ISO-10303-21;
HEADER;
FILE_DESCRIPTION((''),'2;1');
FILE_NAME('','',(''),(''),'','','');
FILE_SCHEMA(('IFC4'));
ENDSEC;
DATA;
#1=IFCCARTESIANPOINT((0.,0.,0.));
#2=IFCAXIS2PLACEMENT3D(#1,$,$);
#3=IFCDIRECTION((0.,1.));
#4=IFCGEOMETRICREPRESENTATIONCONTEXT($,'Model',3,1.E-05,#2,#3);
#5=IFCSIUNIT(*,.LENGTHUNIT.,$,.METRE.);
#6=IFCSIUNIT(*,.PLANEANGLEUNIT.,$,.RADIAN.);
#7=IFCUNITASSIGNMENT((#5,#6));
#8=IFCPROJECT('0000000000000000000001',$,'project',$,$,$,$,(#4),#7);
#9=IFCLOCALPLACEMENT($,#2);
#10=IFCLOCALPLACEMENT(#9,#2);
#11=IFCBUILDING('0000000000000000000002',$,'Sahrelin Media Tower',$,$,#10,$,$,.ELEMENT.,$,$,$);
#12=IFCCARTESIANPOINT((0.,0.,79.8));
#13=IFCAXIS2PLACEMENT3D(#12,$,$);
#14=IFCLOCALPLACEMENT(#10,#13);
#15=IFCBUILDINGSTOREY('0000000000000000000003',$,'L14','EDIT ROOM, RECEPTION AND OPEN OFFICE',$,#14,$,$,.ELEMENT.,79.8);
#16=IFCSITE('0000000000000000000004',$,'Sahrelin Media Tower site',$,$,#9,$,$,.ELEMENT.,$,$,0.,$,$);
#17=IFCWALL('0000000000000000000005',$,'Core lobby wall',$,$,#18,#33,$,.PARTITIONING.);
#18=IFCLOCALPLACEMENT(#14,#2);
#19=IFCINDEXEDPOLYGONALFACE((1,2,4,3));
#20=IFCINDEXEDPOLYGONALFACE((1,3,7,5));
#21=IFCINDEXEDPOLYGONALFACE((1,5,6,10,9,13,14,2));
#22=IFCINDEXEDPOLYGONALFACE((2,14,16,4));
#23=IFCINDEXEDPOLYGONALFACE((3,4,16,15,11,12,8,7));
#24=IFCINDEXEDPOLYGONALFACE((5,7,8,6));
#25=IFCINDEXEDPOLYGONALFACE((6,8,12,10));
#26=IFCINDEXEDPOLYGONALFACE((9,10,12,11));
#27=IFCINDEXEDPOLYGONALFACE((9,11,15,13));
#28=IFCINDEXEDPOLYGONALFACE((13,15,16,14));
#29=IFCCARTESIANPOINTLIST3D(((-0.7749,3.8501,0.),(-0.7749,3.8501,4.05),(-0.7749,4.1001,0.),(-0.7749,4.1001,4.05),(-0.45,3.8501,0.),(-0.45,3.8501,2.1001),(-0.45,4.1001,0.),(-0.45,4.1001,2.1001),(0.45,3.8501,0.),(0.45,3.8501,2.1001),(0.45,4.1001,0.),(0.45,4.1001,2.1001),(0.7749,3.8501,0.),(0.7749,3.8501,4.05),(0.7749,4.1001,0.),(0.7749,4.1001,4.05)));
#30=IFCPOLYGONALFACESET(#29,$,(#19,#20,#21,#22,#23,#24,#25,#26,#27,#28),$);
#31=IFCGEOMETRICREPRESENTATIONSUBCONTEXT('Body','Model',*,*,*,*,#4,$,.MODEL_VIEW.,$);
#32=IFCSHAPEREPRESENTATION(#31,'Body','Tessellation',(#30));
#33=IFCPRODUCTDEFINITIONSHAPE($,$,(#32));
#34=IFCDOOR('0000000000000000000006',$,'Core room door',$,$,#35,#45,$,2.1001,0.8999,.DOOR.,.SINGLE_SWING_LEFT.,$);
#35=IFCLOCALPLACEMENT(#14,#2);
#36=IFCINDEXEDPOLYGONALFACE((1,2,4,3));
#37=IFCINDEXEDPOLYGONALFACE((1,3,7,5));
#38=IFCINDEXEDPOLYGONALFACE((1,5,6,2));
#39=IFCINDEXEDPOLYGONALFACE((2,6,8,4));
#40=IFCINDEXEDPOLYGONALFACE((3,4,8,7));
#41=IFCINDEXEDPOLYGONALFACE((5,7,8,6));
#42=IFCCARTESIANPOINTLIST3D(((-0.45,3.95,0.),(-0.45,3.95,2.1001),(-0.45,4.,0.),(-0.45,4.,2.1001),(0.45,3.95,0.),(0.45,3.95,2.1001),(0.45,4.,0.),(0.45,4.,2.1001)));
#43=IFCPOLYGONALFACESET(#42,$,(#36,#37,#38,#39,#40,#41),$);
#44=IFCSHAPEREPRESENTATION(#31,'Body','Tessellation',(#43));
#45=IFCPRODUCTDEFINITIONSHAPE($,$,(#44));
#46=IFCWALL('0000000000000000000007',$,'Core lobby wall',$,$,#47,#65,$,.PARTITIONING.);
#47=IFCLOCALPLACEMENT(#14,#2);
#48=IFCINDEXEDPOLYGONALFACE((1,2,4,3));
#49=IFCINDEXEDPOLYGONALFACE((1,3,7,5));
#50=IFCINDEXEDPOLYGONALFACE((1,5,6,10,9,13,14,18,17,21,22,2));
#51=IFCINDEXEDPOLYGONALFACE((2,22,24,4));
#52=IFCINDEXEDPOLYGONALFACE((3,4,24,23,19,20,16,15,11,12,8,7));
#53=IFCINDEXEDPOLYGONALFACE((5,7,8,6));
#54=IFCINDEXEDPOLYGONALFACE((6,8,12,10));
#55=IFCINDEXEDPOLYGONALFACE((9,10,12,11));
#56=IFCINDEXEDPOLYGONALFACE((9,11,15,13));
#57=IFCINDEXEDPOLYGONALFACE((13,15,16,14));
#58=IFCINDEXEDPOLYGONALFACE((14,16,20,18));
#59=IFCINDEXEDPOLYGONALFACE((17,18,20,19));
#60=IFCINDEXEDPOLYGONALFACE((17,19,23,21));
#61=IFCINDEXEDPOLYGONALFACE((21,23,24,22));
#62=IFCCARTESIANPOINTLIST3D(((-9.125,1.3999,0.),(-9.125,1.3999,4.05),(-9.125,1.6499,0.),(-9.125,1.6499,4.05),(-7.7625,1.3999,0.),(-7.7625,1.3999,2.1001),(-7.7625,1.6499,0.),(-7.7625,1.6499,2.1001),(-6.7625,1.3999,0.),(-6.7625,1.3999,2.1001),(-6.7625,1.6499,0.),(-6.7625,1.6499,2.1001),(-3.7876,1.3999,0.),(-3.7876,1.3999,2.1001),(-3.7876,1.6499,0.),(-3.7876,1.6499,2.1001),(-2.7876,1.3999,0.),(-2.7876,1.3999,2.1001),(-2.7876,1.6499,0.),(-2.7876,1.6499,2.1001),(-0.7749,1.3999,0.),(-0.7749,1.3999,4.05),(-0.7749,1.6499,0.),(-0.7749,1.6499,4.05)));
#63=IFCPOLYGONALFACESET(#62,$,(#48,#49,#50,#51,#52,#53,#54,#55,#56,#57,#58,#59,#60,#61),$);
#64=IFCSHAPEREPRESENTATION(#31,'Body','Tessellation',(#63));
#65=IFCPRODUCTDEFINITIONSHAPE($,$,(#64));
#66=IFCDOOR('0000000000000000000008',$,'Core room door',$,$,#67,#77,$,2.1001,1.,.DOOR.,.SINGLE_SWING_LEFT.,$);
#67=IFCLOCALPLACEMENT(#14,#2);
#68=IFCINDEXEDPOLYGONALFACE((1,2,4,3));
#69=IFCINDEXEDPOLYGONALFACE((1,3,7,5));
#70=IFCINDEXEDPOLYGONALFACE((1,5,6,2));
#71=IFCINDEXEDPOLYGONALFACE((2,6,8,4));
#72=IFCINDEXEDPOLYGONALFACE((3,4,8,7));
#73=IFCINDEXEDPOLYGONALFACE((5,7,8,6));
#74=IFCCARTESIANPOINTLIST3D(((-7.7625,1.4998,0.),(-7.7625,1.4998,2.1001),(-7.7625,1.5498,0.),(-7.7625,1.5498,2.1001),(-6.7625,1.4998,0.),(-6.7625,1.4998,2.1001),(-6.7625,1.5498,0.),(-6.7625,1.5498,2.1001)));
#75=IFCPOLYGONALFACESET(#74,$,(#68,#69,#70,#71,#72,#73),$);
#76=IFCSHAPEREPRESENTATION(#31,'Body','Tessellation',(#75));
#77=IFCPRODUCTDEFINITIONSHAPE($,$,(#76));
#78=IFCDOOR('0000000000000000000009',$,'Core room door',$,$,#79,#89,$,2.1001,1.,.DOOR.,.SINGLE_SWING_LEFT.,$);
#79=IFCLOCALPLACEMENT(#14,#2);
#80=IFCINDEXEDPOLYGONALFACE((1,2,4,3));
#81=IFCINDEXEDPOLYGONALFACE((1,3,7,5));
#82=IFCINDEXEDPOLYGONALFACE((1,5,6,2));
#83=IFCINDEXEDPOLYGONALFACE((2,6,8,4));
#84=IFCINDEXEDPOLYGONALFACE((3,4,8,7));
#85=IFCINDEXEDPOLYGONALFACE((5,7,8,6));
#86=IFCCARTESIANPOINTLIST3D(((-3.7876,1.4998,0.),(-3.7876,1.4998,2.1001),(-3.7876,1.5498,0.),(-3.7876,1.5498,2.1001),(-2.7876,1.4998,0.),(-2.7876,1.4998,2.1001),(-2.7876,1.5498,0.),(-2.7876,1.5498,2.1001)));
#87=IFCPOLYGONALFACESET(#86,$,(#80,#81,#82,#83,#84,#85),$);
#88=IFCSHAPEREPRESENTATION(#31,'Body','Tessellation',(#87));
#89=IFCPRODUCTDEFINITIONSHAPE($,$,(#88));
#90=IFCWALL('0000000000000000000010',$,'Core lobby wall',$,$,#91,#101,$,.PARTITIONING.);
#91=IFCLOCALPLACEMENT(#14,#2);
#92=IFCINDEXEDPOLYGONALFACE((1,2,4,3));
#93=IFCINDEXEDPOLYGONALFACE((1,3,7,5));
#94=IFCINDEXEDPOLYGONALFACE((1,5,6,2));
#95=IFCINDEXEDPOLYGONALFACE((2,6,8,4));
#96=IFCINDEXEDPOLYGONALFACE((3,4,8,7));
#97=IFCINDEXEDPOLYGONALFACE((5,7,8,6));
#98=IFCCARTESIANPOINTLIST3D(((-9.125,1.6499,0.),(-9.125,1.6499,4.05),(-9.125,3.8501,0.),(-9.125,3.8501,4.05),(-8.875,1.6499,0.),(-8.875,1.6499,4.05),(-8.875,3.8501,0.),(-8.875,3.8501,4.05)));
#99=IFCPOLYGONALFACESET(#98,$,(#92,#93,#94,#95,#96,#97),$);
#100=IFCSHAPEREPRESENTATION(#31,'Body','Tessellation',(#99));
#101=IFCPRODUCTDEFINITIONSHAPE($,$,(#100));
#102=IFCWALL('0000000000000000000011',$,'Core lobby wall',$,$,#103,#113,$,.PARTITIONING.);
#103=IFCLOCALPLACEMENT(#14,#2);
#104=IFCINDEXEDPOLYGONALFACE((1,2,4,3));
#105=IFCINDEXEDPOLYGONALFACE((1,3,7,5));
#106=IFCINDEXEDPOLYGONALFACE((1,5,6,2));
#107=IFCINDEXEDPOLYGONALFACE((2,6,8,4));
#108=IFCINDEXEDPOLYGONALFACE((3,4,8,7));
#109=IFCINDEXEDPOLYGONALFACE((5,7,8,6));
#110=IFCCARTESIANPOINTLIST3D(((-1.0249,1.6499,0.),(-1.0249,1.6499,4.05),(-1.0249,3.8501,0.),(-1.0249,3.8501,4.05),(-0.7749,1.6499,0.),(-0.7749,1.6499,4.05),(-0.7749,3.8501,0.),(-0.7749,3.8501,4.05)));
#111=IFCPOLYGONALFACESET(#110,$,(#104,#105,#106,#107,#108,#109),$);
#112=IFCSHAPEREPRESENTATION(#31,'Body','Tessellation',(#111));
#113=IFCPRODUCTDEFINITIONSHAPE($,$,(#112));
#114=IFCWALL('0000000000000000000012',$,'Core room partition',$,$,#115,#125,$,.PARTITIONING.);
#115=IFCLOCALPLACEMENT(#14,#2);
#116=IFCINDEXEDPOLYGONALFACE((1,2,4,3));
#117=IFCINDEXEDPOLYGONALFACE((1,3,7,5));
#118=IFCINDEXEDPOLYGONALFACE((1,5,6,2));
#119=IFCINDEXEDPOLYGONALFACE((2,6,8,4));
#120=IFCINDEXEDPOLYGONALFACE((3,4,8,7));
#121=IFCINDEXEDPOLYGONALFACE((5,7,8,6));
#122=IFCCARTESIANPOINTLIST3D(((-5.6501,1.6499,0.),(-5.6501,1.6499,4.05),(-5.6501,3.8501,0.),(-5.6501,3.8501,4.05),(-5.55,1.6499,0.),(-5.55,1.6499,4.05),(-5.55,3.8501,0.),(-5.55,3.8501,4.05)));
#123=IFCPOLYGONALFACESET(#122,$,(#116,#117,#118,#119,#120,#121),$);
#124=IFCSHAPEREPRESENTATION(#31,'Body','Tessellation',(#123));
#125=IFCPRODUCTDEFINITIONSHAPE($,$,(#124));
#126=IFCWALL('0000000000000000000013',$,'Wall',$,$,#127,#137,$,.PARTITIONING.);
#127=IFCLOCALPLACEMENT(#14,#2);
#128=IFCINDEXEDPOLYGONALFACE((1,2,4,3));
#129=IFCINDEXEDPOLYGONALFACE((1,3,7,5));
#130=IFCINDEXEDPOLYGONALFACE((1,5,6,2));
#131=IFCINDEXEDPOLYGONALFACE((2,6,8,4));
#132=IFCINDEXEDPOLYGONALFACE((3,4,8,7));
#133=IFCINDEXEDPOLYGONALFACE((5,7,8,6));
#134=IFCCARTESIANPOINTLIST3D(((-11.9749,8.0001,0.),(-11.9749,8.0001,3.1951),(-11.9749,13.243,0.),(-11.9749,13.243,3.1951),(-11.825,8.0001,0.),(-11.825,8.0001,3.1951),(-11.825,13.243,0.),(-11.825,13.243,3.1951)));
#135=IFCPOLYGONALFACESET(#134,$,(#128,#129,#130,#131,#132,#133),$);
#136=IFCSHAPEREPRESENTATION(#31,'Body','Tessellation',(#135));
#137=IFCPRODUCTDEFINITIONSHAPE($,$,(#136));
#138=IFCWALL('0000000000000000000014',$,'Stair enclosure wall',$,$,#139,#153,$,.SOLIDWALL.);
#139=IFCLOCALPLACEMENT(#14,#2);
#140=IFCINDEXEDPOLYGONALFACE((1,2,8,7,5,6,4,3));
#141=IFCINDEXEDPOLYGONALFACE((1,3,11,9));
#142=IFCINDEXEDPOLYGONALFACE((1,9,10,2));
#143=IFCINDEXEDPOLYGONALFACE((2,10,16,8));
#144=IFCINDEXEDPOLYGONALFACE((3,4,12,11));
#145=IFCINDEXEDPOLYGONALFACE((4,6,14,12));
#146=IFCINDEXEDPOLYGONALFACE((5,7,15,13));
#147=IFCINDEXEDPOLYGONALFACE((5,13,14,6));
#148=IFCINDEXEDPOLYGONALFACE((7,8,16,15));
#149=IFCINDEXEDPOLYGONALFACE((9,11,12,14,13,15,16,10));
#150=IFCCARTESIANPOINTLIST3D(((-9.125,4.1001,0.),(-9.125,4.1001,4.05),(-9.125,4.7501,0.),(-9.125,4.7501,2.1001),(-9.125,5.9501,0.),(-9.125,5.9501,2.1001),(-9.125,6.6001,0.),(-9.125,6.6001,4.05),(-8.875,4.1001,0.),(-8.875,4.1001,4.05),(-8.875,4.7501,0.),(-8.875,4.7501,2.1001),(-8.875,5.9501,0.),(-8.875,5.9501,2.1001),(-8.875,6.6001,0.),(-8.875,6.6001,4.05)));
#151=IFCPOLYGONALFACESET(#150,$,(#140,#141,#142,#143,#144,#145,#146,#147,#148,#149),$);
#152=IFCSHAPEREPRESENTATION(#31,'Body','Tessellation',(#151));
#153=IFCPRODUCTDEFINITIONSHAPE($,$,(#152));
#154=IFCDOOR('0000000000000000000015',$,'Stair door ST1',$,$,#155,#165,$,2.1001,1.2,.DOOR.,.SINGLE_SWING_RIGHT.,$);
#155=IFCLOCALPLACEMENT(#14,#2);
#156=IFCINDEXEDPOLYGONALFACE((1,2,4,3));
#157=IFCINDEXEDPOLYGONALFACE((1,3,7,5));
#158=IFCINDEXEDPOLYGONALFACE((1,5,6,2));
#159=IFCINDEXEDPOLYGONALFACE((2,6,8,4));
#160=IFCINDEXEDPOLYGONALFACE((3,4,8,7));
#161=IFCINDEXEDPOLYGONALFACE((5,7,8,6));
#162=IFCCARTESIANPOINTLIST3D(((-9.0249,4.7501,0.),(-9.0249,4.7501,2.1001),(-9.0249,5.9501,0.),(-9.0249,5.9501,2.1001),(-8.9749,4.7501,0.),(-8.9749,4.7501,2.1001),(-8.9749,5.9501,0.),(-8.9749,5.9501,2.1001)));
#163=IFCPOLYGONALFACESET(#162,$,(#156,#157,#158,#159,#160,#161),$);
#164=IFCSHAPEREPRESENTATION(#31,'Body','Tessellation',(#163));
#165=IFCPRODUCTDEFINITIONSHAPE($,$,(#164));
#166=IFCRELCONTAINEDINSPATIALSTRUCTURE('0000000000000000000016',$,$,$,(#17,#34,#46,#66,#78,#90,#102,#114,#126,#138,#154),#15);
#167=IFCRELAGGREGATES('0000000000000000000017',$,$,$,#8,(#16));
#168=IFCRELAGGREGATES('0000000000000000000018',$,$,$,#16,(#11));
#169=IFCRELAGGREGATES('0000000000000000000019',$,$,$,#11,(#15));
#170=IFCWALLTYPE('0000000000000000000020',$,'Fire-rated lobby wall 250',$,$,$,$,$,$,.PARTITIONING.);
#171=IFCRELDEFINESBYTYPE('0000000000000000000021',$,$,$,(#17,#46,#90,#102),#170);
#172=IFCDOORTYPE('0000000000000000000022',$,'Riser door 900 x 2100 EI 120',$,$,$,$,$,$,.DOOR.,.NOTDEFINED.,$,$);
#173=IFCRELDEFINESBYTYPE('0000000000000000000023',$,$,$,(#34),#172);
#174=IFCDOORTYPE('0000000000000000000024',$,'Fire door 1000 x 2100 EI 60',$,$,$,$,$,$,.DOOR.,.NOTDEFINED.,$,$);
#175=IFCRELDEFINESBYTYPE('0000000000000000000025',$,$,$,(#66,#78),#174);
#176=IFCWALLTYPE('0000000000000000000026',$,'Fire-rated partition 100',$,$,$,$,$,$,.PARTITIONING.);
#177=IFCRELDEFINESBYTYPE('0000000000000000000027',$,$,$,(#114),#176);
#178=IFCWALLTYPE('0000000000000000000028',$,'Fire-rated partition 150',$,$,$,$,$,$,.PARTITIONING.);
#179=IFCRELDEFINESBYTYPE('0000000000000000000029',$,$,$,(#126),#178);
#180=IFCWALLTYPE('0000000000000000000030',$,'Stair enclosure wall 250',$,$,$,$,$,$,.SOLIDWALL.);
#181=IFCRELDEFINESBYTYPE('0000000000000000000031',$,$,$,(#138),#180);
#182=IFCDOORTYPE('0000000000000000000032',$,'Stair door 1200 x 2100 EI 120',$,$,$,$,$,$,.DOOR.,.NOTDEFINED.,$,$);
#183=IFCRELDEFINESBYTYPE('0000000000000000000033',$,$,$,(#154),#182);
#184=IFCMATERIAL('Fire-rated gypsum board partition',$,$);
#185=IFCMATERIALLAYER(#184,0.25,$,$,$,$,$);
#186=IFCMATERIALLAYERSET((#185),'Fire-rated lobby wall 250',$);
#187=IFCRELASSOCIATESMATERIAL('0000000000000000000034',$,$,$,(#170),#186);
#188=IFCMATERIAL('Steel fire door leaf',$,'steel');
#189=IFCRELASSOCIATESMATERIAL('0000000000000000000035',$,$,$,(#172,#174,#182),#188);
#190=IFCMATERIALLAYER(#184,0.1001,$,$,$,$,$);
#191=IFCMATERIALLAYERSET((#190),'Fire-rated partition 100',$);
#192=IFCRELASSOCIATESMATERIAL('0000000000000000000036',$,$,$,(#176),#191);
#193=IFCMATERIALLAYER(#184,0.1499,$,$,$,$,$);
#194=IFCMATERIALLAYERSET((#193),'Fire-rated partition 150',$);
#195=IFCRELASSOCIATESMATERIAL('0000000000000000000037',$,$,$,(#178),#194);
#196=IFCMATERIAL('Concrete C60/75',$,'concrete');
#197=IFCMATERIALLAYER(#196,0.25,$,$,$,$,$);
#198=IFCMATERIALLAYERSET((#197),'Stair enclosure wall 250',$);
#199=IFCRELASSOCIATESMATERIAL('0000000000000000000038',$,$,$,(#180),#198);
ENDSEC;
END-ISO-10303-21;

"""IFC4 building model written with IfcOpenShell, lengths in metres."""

from ifc_helpers import new_model, si_unit, direction, frame, frame_2d, origin, place, context, subcontext, project, spatial, rectangle, extrude, material, layer, layer_set, type_object, element, fill, save


model = new_model("IFC4")

# Units and contexts
model_context = context("Model", 3, precision=1e-05, world=origin(), true_north=direction((0.0, 1.0)))
body_context = subcontext(model_context, "Body", "Model", "MODEL_VIEW")
ifc_project = project(units=[si_unit("LENGTHUNIT", "METRE"), si_unit("PLANEANGLEUNIT", "RADIAN")], contexts=[model_context])

# Site, building, storey
site_placement = place(None, origin())
site = spatial("IfcSite", under=ifc_project, at=site_placement, Name="Sahrelin Media Tower site", CompositionType="ELEMENT", RefElevation=0.0)
building_placement = place(site_placement, origin())
building = spatial("IfcBuilding", under=site, at=building_placement, Name="Sahrelin Media Tower", CompositionType="ELEMENT")
storey_placement = place(building_placement, frame((0.0, 0.0, 79.8)))
storey = spatial("IfcBuildingStorey", under=building, at=storey_placement, Name="L14", Description="EDIT ROOM, RECEPTION AND OPEN OFFICE", CompositionType="ELEMENT", Elevation=79.8)

# Shared definitions
ifc_material_1 = material(Name="Concrete C60/75", Category="concrete")
ifc_material_2 = material(Name="Steel fire door leaf", Category="steel")

# Wall, opening, door
ifc_material_3 = material(Name="Fire-rated gypsum board partition")
ifc_layer_1 = layer(ifc_material_3, 0.25)
ifc_layer_set_1 = layer_set([ifc_layer_1], Name="Fire-rated lobby wall 250")
wall_type_1 = type_object("IfcWallType", Name="Fire-rated lobby wall 250", PredefinedType="PARTITIONING", material=ifc_layer_set_1)
wall_1_placement = place(storey_placement, frame((-0.7749, 3.9751, 0.0), z_axis=(0.0, 0.0, 1.0), x_axis=(1.0, 0.0, 0.0)))
wall_1 = element("IfcWall", 1, at=wall_1_placement, inside=storey, type_object=wall_type_1, Name="Core lobby wall", PredefinedType="PARTITIONING", context=body_context, shape_type="SweptSolid", body=[
    extrude(rectangle(XDim=1.5498, YDim=0.25, at=frame_2d((0.7749, 0.0))), origin(), (0.0, 0.0, 1.0), 4.05),
])
opening_1_placement = place(wall_1_placement, frame((0.325, 0.0, 0.0)))
opening_1 = element("IfcOpeningElement", 2, at=opening_1_placement, cuts=wall_1, PredefinedType="OPENING", context=body_context, shape_type="SweptSolid", body=[
    extrude(rectangle(XDim=0.8999, YDim=2.1001, at=frame_2d((0.45, 1.05))), frame((0.0, 0.125, 0.0), z_axis=(0.0, -1.0, 0.0), x_axis=(1.0, 0.0, 0.0)), (0.0, 0.0, 1.0), 0.25),
])
door_type_1 = type_object("IfcDoorType", Name="Riser door 900 x 2100 EI 120", OperationType="NOTDEFINED", PredefinedType="DOOR", material=ifc_material_2)
door_1_placement = place(opening_1_placement, origin())
door_1 = element("IfcDoor", 3, at=door_1_placement, inside=storey, type_object=door_type_1, Name="Core room door", OperationType="SINGLE_SWING_LEFT", OverallHeight=2.1001, OverallWidth=0.8999, PredefinedType="DOOR", context=body_context, shape_type="SweptSolid", body=[
    extrude(rectangle(XDim=0.8999, YDim=2.1001, at=frame_2d((0.45, 1.05))), frame((0.0, 0.0249, 0.0), z_axis=(0.0, -1.0, 0.0), x_axis=(1.0, 0.0, 0.0)), (0.0, 0.0, 1.0), 0.05),
])
fill(opening_1, door_1)

# Wall, openings, doors
wall_2_placement = place(storey_placement, frame((-9.125, 1.5249, 0.0), z_axis=(0.0, 0.0, 1.0), x_axis=(1.0, 0.0, 0.0)))
wall_2 = element("IfcWall", 4, at=wall_2_placement, inside=storey, type_object=wall_type_1, Name="Core lobby wall", PredefinedType="PARTITIONING", context=body_context, shape_type="SweptSolid", body=[
    extrude(rectangle(XDim=8.3501, YDim=0.25, at=frame_2d((4.175, 0.0))), origin(), (0.0, 0.0, 1.0), 4.05),
])
opening_2_placement = place(wall_2_placement, frame((1.3625, 0.0, 0.0)))
opening_2 = element("IfcOpeningElement", 5, at=opening_2_placement, cuts=wall_2, PredefinedType="OPENING", context=body_context, shape_type="SweptSolid", body=[
    extrude(rectangle(XDim=1.0, YDim=2.1001, at=frame_2d((0.5, 1.05))), frame((0.0, 0.125, 0.0), z_axis=(0.0, -1.0, 0.0), x_axis=(1.0, 0.0, 0.0)), (0.0, 0.0, 1.0), 0.25),
])
opening_3_placement = place(wall_2_placement, frame((5.3374, 0.0, 0.0)))
opening_3 = element("IfcOpeningElement", 6, at=opening_3_placement, cuts=wall_2, PredefinedType="OPENING", context=body_context, shape_type="SweptSolid", body=[
    extrude(rectangle(XDim=1.0, YDim=2.1001, at=frame_2d((0.5, 1.05))), frame((0.0, 0.125, 0.0), z_axis=(0.0, -1.0, 0.0), x_axis=(1.0, 0.0, 0.0)), (0.0, 0.0, 1.0), 0.25),
])
door_type_2 = type_object("IfcDoorType", Name="Fire door 1000 x 2100 EI 60", OperationType="NOTDEFINED", PredefinedType="DOOR", material=ifc_material_2)
door_2_placement = place(opening_2_placement, origin())
door_2 = element("IfcDoor", 7, at=door_2_placement, inside=storey, type_object=door_type_2, Name="Core room door", OperationType="SINGLE_SWING_LEFT", OverallHeight=2.1001, OverallWidth=1.0, PredefinedType="DOOR", context=body_context, shape_type="SweptSolid", body=[
    extrude(rectangle(XDim=1.0, YDim=2.1001, at=frame_2d((0.5, 1.05))), frame((0.0, 0.0249, 0.0), z_axis=(0.0, -1.0, 0.0), x_axis=(1.0, 0.0, 0.0)), (0.0, 0.0, 1.0), 0.05),
])
fill(opening_2, door_2)
door_3_placement = place(opening_3_placement, origin())
door_3 = element("IfcDoor", 8, at=door_3_placement, inside=storey, type_object=door_type_2, Name="Core room door", OperationType="SINGLE_SWING_LEFT", OverallHeight=2.1001, OverallWidth=1.0, PredefinedType="DOOR", context=body_context, shape_type="SweptSolid", body=[
    extrude(rectangle(XDim=1.0, YDim=2.1001, at=frame_2d((0.5, 1.05))), frame((0.0, 0.0249, 0.0), z_axis=(0.0, -1.0, 0.0), x_axis=(1.0, 0.0, 0.0)), (0.0, 0.0, 1.0), 0.05),
])
fill(opening_3, door_3)

# Walls
for number, where, z_axis, x_axis, name in (
    (9, (-9.0, 1.6499, 0.0), (0.0, 0.0, 1.0), (0.0, 1.0, 0.0), "Core lobby wall"),
    (10, (-0.8999, 1.6499, 0.0), (0.0, 0.0, 1.0), (0.0, 1.0, 0.0), "Core lobby wall"),
):
    element("IfcWall", number, at=place(storey_placement, frame(where, z_axis=z_axis, x_axis=x_axis)), inside=storey, type_object=wall_type_1, Name=name, PredefinedType="PARTITIONING", context=body_context, shape_type="SweptSolid", body=[
        extrude(rectangle(XDim=2.2002, YDim=0.25, at=frame_2d((1.1001, 0.0))), origin(), (0.0, 0.0, 1.0), 4.05),
    ])
ifc_layer_2 = layer(ifc_material_3, 0.1001)
ifc_layer_set_2 = layer_set([ifc_layer_2], Name="Fire-rated partition 100")
wall_type_2 = type_object("IfcWallType", Name="Fire-rated partition 100", PredefinedType="PARTITIONING", material=ifc_layer_set_2)
wall_3_placement = place(storey_placement, frame((-5.6001, 1.6499, 0.0), z_axis=(0.0, 0.0, 1.0), x_axis=(0.0, 1.0, 0.0)))
element("IfcWall", 11, at=wall_3_placement, inside=storey, type_object=wall_type_2, Name="Core room partition", PredefinedType="PARTITIONING", context=body_context, shape_type="SweptSolid", body=[
    extrude(rectangle(XDim=2.2002, YDim=0.1001, at=frame_2d((1.1001, 0.0))), origin(), (0.0, 0.0, 1.0), 4.05),
])
ifc_layer_3 = layer(ifc_material_3, 0.1499)
ifc_layer_set_3 = layer_set([ifc_layer_3], Name="Fire-rated partition 150")
wall_type_3 = type_object("IfcWallType", Name="Fire-rated partition 150", PredefinedType="PARTITIONING", material=ifc_layer_set_3)
wall_4_placement = place(storey_placement, frame((-11.8999, 8.0, 0.0), z_axis=(0.0, 0.0, 1.0), x_axis=(0.0, 1.0, 0.0)))
element("IfcWall", 12, at=wall_4_placement, inside=storey, type_object=wall_type_3, Name="Wall", PredefinedType="PARTITIONING", context=body_context, shape_type="SweptSolid", body=[
    extrude(rectangle(XDim=5.2429, YDim=0.1499, at=frame_2d((2.6216, 0.0))), origin(), (0.0, 0.0, 1.0), 3.1951),
])

# Wall, opening, door
ifc_layer_4 = layer(ifc_material_1, 0.25)
ifc_layer_set_4 = layer_set([ifc_layer_4], Name="Stair enclosure wall 250")
wall_type_4 = type_object("IfcWallType", Name="Stair enclosure wall 250", PredefinedType="SOLIDWALL", material=ifc_layer_set_4)
wall_5_placement = place(storey_placement, frame((-9.0, 4.1001, 0.0), z_axis=(0.0, 0.0, 1.0), x_axis=(0.0, 1.0, 0.0)))
wall_5 = element("IfcWall", 13, at=wall_5_placement, inside=storey, type_object=wall_type_4, Name="Stair enclosure wall", PredefinedType="SOLIDWALL", context=body_context, shape_type="SweptSolid", body=[
    extrude(rectangle(XDim=2.5, YDim=0.25, at=frame_2d((1.25, 0.0))), origin(), (0.0, 0.0, 1.0), 4.05),
])
opening_4_placement = place(wall_5_placement, frame((0.6499, 0.0, 0.0)))
opening_4 = element("IfcOpeningElement", 14, at=opening_4_placement, cuts=wall_5, PredefinedType="OPENING", context=body_context, shape_type="SweptSolid", body=[
    extrude(rectangle(XDim=1.2, YDim=2.1001, at=frame_2d((0.6001, 1.05))), frame((0.0, 0.125, 0.0), z_axis=(0.0, -1.0, 0.0), x_axis=(1.0, 0.0, 0.0)), (0.0, 0.0, 1.0), 0.25),
])
door_type_3 = type_object("IfcDoorType", Name="Stair door 1200 x 2100 EI 120", OperationType="NOTDEFINED", PredefinedType="DOOR", material=ifc_material_2)
door_4_placement = place(opening_4_placement, origin())
door_4 = element("IfcDoor", 15, at=door_4_placement, inside=storey, type_object=door_type_3, Name="Stair door ST1", OperationType="SINGLE_SWING_RIGHT", OverallHeight=2.1001, OverallWidth=1.2, PredefinedType="DOOR", context=body_context, shape_type="SweptSolid", body=[
    extrude(rectangle(XDim=1.2, YDim=2.1001, at=frame_2d((0.6001, 1.05))), frame((0.0, 0.0249, 0.0), z_axis=(0.0, -1.0, 0.0), x_axis=(1.0, 0.0, 0.0)), (0.0, 0.0, 1.0), 0.05),
])
fill(opening_4, door_4)

save(model, "model.ifc")
